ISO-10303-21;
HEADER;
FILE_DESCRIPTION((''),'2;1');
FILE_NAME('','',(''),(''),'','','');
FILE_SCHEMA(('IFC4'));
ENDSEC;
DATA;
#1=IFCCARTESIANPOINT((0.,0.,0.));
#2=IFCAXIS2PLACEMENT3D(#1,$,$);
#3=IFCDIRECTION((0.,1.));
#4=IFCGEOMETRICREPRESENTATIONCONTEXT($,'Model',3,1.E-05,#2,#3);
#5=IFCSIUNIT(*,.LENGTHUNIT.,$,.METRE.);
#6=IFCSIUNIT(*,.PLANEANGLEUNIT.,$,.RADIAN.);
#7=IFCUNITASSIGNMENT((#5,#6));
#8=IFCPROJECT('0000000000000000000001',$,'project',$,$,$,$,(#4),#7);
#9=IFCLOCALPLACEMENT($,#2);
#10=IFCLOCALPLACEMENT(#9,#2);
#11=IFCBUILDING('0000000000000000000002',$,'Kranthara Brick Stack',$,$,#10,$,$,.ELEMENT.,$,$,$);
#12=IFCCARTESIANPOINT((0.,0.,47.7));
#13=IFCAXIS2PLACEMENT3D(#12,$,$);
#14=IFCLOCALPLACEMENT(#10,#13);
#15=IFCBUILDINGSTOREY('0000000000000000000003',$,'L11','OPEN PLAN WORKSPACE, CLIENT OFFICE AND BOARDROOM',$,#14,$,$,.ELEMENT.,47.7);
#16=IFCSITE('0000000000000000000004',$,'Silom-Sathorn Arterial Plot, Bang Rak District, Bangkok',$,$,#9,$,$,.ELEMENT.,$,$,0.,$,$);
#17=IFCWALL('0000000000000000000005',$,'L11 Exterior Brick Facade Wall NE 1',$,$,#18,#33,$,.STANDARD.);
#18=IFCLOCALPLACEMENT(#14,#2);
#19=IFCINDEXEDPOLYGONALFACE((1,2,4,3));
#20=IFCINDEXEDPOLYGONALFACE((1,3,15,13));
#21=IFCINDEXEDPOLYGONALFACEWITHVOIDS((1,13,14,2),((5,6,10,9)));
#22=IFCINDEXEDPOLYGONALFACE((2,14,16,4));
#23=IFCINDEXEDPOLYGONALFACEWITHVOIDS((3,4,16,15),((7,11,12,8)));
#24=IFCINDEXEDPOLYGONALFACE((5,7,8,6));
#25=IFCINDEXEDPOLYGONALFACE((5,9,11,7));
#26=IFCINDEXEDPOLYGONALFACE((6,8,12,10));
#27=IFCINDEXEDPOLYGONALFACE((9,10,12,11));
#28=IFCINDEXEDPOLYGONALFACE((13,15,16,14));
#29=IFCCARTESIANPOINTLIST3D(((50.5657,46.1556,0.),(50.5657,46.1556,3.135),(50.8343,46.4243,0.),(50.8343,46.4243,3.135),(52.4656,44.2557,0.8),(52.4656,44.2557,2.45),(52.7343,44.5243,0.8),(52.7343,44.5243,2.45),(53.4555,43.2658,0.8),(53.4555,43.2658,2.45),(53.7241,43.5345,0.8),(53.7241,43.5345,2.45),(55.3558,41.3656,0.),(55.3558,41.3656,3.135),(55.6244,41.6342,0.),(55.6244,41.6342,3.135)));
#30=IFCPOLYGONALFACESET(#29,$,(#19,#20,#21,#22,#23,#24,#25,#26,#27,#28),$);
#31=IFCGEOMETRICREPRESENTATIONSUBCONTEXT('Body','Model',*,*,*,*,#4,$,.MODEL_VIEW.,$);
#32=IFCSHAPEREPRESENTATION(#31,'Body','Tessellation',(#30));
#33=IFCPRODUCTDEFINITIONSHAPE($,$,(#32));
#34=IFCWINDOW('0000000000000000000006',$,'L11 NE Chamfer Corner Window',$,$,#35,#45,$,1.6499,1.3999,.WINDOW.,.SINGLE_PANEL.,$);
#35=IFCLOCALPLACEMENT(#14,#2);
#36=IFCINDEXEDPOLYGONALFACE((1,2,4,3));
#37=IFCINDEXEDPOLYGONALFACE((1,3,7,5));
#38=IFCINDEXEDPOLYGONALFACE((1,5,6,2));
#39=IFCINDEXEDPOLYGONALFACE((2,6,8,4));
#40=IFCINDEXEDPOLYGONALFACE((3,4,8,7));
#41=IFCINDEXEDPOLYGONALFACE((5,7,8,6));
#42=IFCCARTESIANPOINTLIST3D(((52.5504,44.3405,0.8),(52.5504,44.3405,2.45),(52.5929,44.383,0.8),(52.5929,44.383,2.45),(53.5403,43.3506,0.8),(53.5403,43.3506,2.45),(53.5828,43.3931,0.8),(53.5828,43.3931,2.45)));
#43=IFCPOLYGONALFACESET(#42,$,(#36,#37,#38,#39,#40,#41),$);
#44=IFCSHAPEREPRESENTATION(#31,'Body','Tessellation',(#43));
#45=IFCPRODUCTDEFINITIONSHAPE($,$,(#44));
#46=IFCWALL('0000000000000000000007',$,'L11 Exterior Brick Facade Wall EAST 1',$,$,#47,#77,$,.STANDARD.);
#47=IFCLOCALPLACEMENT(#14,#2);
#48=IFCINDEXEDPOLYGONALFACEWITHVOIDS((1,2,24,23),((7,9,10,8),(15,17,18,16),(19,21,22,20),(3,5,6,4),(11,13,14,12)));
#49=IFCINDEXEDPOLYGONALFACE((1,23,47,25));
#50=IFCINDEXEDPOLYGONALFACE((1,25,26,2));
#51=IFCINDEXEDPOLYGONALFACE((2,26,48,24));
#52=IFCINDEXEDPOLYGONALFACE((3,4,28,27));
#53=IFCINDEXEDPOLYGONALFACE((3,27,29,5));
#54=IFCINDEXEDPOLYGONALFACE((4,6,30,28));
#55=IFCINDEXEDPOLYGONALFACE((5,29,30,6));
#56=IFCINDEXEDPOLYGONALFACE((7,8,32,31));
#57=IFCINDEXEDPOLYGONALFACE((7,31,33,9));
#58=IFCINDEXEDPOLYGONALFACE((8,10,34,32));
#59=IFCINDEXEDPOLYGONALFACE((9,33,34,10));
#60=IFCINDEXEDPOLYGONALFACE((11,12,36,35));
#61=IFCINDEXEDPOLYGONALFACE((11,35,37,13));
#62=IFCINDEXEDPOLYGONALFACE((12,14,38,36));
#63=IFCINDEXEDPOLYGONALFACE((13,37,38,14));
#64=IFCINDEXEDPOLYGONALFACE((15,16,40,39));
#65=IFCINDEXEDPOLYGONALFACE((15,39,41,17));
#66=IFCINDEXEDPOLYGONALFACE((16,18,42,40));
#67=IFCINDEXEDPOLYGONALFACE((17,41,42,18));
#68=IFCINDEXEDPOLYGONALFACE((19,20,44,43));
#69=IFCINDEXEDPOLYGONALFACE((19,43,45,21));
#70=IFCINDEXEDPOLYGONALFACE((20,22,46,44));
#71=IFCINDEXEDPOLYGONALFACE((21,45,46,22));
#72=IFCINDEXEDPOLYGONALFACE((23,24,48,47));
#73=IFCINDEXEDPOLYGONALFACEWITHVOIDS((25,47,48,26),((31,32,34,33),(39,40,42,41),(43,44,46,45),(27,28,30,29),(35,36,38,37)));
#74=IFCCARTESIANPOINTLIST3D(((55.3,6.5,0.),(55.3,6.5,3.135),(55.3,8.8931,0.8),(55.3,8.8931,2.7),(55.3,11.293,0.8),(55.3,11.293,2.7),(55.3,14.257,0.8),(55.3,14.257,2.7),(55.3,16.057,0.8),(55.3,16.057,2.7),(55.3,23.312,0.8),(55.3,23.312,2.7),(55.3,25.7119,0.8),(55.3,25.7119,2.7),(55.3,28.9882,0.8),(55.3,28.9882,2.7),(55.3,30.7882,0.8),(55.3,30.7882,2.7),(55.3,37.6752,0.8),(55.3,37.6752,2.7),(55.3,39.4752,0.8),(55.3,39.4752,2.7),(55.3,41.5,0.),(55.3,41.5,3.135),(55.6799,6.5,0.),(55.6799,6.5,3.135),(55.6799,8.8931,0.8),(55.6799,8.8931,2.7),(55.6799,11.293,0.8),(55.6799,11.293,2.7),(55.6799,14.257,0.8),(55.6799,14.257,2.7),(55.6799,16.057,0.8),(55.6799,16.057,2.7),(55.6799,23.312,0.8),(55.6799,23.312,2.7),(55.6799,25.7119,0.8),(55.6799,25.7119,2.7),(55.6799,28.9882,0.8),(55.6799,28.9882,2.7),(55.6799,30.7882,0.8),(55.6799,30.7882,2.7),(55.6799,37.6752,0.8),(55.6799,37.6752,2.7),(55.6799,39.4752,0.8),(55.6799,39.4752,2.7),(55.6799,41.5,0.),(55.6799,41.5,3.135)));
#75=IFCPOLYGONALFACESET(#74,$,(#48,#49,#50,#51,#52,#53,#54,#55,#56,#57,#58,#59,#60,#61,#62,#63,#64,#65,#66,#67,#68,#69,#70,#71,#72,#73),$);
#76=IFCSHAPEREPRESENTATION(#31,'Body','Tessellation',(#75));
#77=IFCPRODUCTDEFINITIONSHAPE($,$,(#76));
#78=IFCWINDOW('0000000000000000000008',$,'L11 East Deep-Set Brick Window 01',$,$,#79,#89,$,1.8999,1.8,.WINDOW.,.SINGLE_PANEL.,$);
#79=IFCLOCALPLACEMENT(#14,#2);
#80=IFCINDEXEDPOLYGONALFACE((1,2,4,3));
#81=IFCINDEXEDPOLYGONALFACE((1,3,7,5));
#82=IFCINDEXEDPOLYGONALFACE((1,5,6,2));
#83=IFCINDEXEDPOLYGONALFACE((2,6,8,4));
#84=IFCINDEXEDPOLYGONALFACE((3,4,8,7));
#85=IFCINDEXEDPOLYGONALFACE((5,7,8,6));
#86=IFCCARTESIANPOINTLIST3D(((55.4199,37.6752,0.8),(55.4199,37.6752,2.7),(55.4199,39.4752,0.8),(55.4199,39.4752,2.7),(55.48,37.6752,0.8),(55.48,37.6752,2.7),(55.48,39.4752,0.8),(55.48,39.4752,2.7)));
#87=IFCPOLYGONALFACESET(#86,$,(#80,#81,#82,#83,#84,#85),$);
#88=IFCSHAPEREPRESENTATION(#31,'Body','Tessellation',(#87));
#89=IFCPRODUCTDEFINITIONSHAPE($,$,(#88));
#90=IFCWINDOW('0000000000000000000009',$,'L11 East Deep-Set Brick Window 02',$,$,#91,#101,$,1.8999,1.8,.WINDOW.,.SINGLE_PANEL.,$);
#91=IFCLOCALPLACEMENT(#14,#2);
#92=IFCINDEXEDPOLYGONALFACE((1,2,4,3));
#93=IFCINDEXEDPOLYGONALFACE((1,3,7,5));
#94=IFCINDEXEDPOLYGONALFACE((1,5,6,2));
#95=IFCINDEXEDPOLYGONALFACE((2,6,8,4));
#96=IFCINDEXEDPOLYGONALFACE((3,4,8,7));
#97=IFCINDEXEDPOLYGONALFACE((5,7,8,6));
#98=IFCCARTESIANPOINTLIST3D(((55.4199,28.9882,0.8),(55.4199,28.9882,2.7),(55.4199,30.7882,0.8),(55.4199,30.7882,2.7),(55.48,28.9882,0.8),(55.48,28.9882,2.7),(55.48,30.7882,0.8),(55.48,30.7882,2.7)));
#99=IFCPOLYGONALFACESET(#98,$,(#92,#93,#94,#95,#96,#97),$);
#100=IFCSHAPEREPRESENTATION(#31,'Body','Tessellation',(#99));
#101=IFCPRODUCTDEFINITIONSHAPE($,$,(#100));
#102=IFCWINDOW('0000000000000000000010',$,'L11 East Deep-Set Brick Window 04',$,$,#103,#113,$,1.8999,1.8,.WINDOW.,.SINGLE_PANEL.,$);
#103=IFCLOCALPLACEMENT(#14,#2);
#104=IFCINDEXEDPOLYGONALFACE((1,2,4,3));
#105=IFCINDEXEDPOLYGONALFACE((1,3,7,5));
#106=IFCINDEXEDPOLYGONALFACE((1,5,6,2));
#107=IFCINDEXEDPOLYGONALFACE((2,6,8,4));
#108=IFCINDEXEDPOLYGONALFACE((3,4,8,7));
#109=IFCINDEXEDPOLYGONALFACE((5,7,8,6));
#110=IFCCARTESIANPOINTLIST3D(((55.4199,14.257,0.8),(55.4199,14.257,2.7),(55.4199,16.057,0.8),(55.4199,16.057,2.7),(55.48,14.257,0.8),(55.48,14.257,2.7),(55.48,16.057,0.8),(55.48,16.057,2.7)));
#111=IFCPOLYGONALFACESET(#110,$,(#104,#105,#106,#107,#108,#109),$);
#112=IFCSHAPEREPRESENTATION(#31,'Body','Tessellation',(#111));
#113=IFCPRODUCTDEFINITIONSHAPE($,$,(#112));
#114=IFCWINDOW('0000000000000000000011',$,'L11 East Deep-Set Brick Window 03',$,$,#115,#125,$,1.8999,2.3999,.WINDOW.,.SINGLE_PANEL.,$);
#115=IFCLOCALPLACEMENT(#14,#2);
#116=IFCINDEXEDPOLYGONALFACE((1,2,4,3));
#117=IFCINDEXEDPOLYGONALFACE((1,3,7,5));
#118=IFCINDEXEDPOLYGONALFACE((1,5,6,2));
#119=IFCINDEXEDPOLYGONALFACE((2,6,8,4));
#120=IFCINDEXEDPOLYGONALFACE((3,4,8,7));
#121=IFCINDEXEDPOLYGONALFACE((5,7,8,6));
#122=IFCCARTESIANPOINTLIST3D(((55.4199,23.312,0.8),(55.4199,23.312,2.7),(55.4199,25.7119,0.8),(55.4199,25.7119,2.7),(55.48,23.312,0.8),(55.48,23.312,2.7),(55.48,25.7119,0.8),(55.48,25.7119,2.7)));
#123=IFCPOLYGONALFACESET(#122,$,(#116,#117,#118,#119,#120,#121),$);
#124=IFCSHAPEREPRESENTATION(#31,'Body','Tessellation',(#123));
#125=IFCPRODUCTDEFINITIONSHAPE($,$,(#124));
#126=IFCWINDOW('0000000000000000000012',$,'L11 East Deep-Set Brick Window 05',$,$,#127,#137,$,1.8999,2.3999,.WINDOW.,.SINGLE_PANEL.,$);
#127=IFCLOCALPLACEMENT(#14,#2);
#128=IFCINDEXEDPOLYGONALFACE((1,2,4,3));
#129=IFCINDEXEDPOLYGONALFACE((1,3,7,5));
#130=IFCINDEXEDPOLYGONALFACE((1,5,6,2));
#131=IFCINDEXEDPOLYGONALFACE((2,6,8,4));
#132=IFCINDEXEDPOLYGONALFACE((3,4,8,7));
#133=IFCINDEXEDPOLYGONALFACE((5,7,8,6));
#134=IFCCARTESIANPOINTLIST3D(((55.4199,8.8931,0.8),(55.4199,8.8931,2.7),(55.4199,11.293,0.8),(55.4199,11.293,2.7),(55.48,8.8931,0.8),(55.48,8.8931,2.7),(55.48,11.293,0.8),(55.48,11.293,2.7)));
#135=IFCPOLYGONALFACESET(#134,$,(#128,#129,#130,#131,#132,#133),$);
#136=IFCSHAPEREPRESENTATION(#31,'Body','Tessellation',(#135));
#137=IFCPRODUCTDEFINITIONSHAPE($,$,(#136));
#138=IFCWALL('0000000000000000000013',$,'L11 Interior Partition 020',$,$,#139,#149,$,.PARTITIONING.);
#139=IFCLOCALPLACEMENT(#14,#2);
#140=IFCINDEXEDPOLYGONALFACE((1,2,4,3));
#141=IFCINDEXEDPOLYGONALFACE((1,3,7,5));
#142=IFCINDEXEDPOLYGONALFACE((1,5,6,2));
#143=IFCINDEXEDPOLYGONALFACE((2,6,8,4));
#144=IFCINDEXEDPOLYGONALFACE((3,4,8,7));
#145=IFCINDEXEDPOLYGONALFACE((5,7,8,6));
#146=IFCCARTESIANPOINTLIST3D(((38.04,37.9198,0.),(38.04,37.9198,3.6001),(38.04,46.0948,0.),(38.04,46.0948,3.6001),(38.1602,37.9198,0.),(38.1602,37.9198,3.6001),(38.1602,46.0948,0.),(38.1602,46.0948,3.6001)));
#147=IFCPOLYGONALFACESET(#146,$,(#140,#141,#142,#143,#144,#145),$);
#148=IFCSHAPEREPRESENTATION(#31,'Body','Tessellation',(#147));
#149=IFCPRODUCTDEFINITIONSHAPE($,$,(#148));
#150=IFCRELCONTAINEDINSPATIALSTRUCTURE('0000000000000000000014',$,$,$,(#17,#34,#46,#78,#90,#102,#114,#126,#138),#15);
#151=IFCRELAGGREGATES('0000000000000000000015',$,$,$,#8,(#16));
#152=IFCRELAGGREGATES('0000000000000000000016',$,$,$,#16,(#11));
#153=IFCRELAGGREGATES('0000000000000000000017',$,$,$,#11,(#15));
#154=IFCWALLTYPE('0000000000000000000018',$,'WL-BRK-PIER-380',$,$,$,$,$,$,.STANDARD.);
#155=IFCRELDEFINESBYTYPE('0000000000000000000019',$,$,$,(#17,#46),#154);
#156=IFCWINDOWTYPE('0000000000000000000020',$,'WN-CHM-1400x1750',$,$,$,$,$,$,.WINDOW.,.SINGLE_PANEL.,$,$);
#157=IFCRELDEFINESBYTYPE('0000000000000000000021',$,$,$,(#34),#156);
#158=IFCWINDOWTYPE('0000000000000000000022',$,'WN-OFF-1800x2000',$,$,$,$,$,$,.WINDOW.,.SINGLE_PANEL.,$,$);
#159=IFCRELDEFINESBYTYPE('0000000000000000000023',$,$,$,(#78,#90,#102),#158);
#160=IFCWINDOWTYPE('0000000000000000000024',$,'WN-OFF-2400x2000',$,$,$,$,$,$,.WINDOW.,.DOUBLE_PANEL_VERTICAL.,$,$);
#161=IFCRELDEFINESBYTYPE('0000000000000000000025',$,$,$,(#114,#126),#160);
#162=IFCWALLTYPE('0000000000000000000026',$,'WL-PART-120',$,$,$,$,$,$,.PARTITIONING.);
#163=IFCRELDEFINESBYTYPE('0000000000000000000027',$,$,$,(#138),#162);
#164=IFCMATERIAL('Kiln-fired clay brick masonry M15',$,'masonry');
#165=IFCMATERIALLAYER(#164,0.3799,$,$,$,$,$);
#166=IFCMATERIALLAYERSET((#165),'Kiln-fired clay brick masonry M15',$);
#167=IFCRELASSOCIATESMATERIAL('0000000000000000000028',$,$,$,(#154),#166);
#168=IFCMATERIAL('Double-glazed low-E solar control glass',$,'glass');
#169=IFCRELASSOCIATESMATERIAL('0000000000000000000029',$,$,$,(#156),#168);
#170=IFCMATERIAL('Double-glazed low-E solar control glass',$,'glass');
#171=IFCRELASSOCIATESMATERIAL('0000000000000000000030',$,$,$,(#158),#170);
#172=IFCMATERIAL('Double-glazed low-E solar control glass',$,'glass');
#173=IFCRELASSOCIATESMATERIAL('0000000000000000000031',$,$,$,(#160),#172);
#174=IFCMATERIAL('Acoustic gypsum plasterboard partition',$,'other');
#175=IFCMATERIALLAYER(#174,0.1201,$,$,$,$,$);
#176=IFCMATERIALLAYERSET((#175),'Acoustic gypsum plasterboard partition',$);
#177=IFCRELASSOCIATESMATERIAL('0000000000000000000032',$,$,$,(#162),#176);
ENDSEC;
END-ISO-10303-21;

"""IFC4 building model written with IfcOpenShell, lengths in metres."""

from ifc_helpers import new_model, si_unit, direction, frame, frame_2d, origin, place, context, subcontext, project, spatial, rectangle, extrude, material, layer, layer_set, type_object, element, fill, save


model = new_model("IFC4")

# Units and contexts
model_context = context("Model", 3, precision=1e-05, world=origin(), true_north=direction((0.0, 1.0)))
body_context = subcontext(model_context, "Body", "Model", "MODEL_VIEW")
ifc_project = project(units=[si_unit("LENGTHUNIT", "METRE"), si_unit("PLANEANGLEUNIT", "RADIAN")], contexts=[model_context])

# Site, building, storey
site_placement = place(None, origin())
site = spatial("IfcSite", under=ifc_project, at=site_placement, Name="Silom-Sathorn Arterial Plot, Bang Rak District, Bangkok", CompositionType="ELEMENT", RefElevation=0.0)
building_placement = place(site_placement, origin())
building = spatial("IfcBuilding", under=site, at=building_placement, Name="Kranthara Brick Stack", CompositionType="ELEMENT")
storey_placement = place(building_placement, frame((0.0, 0.0, 47.7)))
storey = spatial("IfcBuildingStorey", under=building, at=storey_placement, Name="L11", Description="OPEN PLAN WORKSPACE, CLIENT OFFICE AND BOARDROOM", CompositionType="ELEMENT", Elevation=47.7)

# Wall, opening, window
ifc_material_1 = material(Name="Kiln-fired clay brick masonry M15", Category="masonry")
ifc_layer_1 = layer(ifc_material_1, 0.3799)
ifc_layer_set_1 = layer_set([ifc_layer_1], Name="Kiln-fired clay brick masonry M15")
wall_type_1 = type_object("IfcWallType", Name="WL-BRK-PIER-380", PredefinedType="STANDARD", material=ifc_layer_set_1)
wall_1_placement = place(storey_placement, frame((50.7, 46.29, 0.0), z_axis=(0.0, 0.0, 1.0), x_axis=(0.707107, -0.707107, 0.0)))
wall_1 = element("IfcWall", 1, at=wall_1_placement, inside=storey, type_object=wall_type_1, Name="L11 Exterior Brick Facade Wall NE 1", PredefinedType="STANDARD", context=body_context, shape_type="SweptSolid", body=[
    extrude(rectangle(XDim=6.7742, YDim=0.3799, at=frame_2d((3.3872, 0.0))), origin(), (0.0, 0.0, 1.0), 3.135),
])
opening_1_placement = place(wall_1_placement, frame((2.687, 0.0, 0.8)))
opening_1 = element("IfcOpeningElement", 2, at=opening_1_placement, cuts=wall_1, PredefinedType="OPENING", context=body_context, shape_type="SweptSolid", body=[
    extrude(rectangle(XDim=1.3999, YDim=1.6499, at=frame_2d((0.7, 0.825))), frame((0.0, 0.2, 0.0), z_axis=(0.0, -1.0, 0.0), x_axis=(1.0, 0.0, 0.0)), (0.0, 0.0, 1.0), 0.3999),
])
ifc_material_2 = material(Name="Double-glazed low-E solar control glass", Category="glass")
window_type_1 = type_object("IfcWindowType", Name="WN-CHM-1400x1750", PartitioningType="SINGLE_PANEL", PredefinedType="WINDOW", material=ifc_material_2)
window_1_placement = place(opening_1_placement, origin())
window_1 = element("IfcWindow", 3, at=window_1_placement, inside=storey, type_object=window_type_1, Name="L11 NE Chamfer Corner Window", OverallHeight=1.6499, OverallWidth=1.3999, PartitioningType="SINGLE_PANEL", PredefinedType="WINDOW", context=body_context, shape_type="SweptSolid", body=[
    extrude(rectangle(XDim=1.3999, YDim=1.6499, at=frame_2d((0.7, 0.825))), frame((0.0, -0.01, 0.0), z_axis=(0.0, -1.0, 0.0), x_axis=(1.0, 0.0, 0.0)), (0.0, 0.0, 1.0), 0.0601),
])
fill(opening_1, window_1)

# Wall, openings, windows
wall_2_placement = place(storey_placement, frame((55.49, 41.5, 0.0), z_axis=(0.0, 0.0, 1.0), x_axis=(0.0, -1.0, 0.0)))
wall_2 = element("IfcWall", 4, at=wall_2_placement, inside=storey, type_object=wall_type_1, Name="L11 Exterior Brick Facade Wall EAST 1", PredefinedType="STANDARD", context=body_context, shape_type="SweptSolid", body=[
    extrude(rectangle(XDim=35.0, YDim=0.3799, at=frame_2d((17.5, 0.0))), origin(), (0.0, 0.0, 1.0), 3.135),
])
opening_2_placement = place(wall_2_placement, frame((2.0249, 0.0, 0.8)))
opening_2 = element("IfcOpeningElement", 5, at=opening_2_placement, cuts=wall_2, PredefinedType="OPENING", context=body_context, shape_type="SweptSolid", body=[
    extrude(rectangle(XDim=1.8, YDim=1.8999, at=frame_2d((0.8999, 0.95))), frame((0.0, 0.2, 0.0), z_axis=(0.0, -1.0, 0.0), x_axis=(1.0, 0.0, 0.0)), (0.0, 0.0, 1.0), 0.3999),
])
opening_3_placement = place(wall_2_placement, frame((10.7119, 0.0, 0.8)))
opening_3 = element("IfcOpeningElement", 6, at=opening_3_placement, cuts=wall_2, PredefinedType="OPENING", context=body_context, shape_type="SweptSolid", body=[
    extrude(rectangle(XDim=1.8, YDim=1.8999, at=frame_2d((0.8999, 0.95))), frame((0.0, 0.2, 0.0), z_axis=(0.0, -1.0, 0.0), x_axis=(1.0, 0.0, 0.0)), (0.0, 0.0, 1.0), 0.3999),
])
opening_4_placement = place(wall_2_placement, frame((15.7881, 0.0, 0.8)))
opening_4 = element("IfcOpeningElement", 7, at=opening_4_placement, cuts=wall_2, PredefinedType="OPENING", context=body_context, shape_type="SweptSolid", body=[
    extrude(rectangle(XDim=2.3999, YDim=1.8999, at=frame_2d((1.2, 0.95))), frame((0.0, 0.2, 0.0), z_axis=(0.0, -1.0, 0.0), x_axis=(1.0, 0.0, 0.0)), (0.0, 0.0, 1.0), 0.3999),
])
opening_5_placement = place(wall_2_placement, frame((25.4431, 0.0, 0.8)))
opening_5 = element("IfcOpeningElement", 8, at=opening_5_placement, cuts=wall_2, PredefinedType="OPENING", context=body_context, shape_type="SweptSolid", body=[
    extrude(rectangle(XDim=1.8, YDim=1.8999, at=frame_2d((0.8999, 0.95))), frame((0.0, 0.2, 0.0), z_axis=(0.0, -1.0, 0.0), x_axis=(1.0, 0.0, 0.0)), (0.0, 0.0, 1.0), 0.3999),
])
opening_6_placement = place(wall_2_placement, frame((30.207, 0.0, 0.8)))
opening_6 = element("IfcOpeningElement", 9, at=opening_6_placement, cuts=wall_2, PredefinedType="OPENING", context=body_context, shape_type="SweptSolid", body=[
    extrude(rectangle(XDim=2.3999, YDim=1.8999, at=frame_2d((1.2, 0.95))), frame((0.0, 0.2, 0.0), z_axis=(0.0, -1.0, 0.0), x_axis=(1.0, 0.0, 0.0)), (0.0, 0.0, 1.0), 0.3999),
])
ifc_material_3 = material(Name="Double-glazed low-E solar control glass", Category="glass")
window_type_2 = type_object("IfcWindowType", Name="WN-OFF-1800x2000", PartitioningType="SINGLE_PANEL", PredefinedType="WINDOW", material=ifc_material_3)
window_2_placement = place(opening_2_placement, origin())
window_2 = element("IfcWindow", 10, at=window_2_placement, inside=storey, type_object=window_type_2, Name="L11 East Deep-Set Brick Window 01", OverallHeight=1.8999, OverallWidth=1.8, PartitioningType="SINGLE_PANEL", PredefinedType="WINDOW", context=body_context, shape_type="SweptSolid", body=[
    extrude(rectangle(XDim=1.8, YDim=1.8999, at=frame_2d((0.8999, 0.95))), frame((0.0, -0.01, 0.0), z_axis=(0.0, -1.0, 0.0), x_axis=(1.0, 0.0, 0.0)), (0.0, 0.0, 1.0), 0.0601),
])
fill(opening_2, window_2)
window_3_placement = place(opening_3_placement, origin())
window_3 = element("IfcWindow", 11, at=window_3_placement, inside=storey, type_object=window_type_2, Name="L11 East Deep-Set Brick Window 02", OverallHeight=1.8999, OverallWidth=1.8, PartitioningType="SINGLE_PANEL", PredefinedType="WINDOW", context=body_context, shape_type="SweptSolid", body=[
    extrude(rectangle(XDim=1.8, YDim=1.8999, at=frame_2d((0.8999, 0.95))), frame((0.0, -0.01, 0.0), z_axis=(0.0, -1.0, 0.0), x_axis=(1.0, 0.0, 0.0)), (0.0, 0.0, 1.0), 0.0601),
])
fill(opening_3, window_3)
window_4_placement = place(opening_5_placement, origin())
window_4 = element("IfcWindow", 12, at=window_4_placement, inside=storey, type_object=window_type_2, Name="L11 East Deep-Set Brick Window 04", OverallHeight=1.8999, OverallWidth=1.8, PartitioningType="SINGLE_PANEL", PredefinedType="WINDOW", context=body_context, shape_type="SweptSolid", body=[
    extrude(rectangle(XDim=1.8, YDim=1.8999, at=frame_2d((0.8999, 0.95))), frame((0.0, -0.01, 0.0), z_axis=(0.0, -1.0, 0.0), x_axis=(1.0, 0.0, 0.0)), (0.0, 0.0, 1.0), 0.0601),
])
fill(opening_5, window_4)
ifc_material_4 = material(Name="Double-glazed low-E solar control glass", Category="glass")
window_type_3 = type_object("IfcWindowType", Name="WN-OFF-2400x2000", PartitioningType="DOUBLE_PANEL_VERTICAL", PredefinedType="WINDOW", material=ifc_material_4)
window_5_placement = place(opening_4_placement, origin())
window_5 = element("IfcWindow", 13, at=window_5_placement, inside=storey, type_object=window_type_3, Name="L11 East Deep-Set Brick Window 03", OverallHeight=1.8999, OverallWidth=2.3999, PartitioningType="SINGLE_PANEL", PredefinedType="WINDOW", context=body_context, shape_type="SweptSolid", body=[
    extrude(rectangle(XDim=2.3999, YDim=1.8999, at=frame_2d((1.2, 0.95))), frame((0.0, -0.01, 0.0), z_axis=(0.0, -1.0, 0.0), x_axis=(1.0, 0.0, 0.0)), (0.0, 0.0, 1.0), 0.0601),
])
fill(opening_4, window_5)
window_6_placement = place(opening_6_placement, origin())
window_6 = element("IfcWindow", 14, at=window_6_placement, inside=storey, type_object=window_type_3, Name="L11 East Deep-Set Brick Window 05", OverallHeight=1.8999, OverallWidth=2.3999, PartitioningType="SINGLE_PANEL", PredefinedType="WINDOW", context=body_context, shape_type="SweptSolid", body=[
    extrude(rectangle(XDim=2.3999, YDim=1.8999, at=frame_2d((1.2, 0.95))), frame((0.0, -0.01, 0.0), z_axis=(0.0, -1.0, 0.0), x_axis=(1.0, 0.0, 0.0)), (0.0, 0.0, 1.0), 0.0601),
])
fill(opening_6, window_6)

# Wall
ifc_material_5 = material(Name="Acoustic gypsum plasterboard partition", Category="other")
ifc_layer_2 = layer(ifc_material_5, 0.1201)
ifc_layer_set_2 = layer_set([ifc_layer_2], Name="Acoustic gypsum plasterboard partition")
wall_type_2 = type_object("IfcWallType", Name="WL-PART-120", PredefinedType="PARTITIONING", material=ifc_layer_set_2)
wall_3_placement = place(storey_placement, frame((38.1001, 37.9199, 0.0), z_axis=(0.0, 0.0, 1.0), x_axis=(0.0, 1.0, 0.0)))
element("IfcWall", 15, at=wall_3_placement, inside=storey, type_object=wall_type_2, Name="L11 Interior Partition 020", PredefinedType="PARTITIONING", context=body_context, shape_type="SweptSolid", body=[
    extrude(rectangle(XDim=8.175, YDim=0.1201, at=frame_2d((4.0874, 0.0))), origin(), (0.0, 0.0, 1.0), 3.6001),
])

save(model, "model.ifc")
